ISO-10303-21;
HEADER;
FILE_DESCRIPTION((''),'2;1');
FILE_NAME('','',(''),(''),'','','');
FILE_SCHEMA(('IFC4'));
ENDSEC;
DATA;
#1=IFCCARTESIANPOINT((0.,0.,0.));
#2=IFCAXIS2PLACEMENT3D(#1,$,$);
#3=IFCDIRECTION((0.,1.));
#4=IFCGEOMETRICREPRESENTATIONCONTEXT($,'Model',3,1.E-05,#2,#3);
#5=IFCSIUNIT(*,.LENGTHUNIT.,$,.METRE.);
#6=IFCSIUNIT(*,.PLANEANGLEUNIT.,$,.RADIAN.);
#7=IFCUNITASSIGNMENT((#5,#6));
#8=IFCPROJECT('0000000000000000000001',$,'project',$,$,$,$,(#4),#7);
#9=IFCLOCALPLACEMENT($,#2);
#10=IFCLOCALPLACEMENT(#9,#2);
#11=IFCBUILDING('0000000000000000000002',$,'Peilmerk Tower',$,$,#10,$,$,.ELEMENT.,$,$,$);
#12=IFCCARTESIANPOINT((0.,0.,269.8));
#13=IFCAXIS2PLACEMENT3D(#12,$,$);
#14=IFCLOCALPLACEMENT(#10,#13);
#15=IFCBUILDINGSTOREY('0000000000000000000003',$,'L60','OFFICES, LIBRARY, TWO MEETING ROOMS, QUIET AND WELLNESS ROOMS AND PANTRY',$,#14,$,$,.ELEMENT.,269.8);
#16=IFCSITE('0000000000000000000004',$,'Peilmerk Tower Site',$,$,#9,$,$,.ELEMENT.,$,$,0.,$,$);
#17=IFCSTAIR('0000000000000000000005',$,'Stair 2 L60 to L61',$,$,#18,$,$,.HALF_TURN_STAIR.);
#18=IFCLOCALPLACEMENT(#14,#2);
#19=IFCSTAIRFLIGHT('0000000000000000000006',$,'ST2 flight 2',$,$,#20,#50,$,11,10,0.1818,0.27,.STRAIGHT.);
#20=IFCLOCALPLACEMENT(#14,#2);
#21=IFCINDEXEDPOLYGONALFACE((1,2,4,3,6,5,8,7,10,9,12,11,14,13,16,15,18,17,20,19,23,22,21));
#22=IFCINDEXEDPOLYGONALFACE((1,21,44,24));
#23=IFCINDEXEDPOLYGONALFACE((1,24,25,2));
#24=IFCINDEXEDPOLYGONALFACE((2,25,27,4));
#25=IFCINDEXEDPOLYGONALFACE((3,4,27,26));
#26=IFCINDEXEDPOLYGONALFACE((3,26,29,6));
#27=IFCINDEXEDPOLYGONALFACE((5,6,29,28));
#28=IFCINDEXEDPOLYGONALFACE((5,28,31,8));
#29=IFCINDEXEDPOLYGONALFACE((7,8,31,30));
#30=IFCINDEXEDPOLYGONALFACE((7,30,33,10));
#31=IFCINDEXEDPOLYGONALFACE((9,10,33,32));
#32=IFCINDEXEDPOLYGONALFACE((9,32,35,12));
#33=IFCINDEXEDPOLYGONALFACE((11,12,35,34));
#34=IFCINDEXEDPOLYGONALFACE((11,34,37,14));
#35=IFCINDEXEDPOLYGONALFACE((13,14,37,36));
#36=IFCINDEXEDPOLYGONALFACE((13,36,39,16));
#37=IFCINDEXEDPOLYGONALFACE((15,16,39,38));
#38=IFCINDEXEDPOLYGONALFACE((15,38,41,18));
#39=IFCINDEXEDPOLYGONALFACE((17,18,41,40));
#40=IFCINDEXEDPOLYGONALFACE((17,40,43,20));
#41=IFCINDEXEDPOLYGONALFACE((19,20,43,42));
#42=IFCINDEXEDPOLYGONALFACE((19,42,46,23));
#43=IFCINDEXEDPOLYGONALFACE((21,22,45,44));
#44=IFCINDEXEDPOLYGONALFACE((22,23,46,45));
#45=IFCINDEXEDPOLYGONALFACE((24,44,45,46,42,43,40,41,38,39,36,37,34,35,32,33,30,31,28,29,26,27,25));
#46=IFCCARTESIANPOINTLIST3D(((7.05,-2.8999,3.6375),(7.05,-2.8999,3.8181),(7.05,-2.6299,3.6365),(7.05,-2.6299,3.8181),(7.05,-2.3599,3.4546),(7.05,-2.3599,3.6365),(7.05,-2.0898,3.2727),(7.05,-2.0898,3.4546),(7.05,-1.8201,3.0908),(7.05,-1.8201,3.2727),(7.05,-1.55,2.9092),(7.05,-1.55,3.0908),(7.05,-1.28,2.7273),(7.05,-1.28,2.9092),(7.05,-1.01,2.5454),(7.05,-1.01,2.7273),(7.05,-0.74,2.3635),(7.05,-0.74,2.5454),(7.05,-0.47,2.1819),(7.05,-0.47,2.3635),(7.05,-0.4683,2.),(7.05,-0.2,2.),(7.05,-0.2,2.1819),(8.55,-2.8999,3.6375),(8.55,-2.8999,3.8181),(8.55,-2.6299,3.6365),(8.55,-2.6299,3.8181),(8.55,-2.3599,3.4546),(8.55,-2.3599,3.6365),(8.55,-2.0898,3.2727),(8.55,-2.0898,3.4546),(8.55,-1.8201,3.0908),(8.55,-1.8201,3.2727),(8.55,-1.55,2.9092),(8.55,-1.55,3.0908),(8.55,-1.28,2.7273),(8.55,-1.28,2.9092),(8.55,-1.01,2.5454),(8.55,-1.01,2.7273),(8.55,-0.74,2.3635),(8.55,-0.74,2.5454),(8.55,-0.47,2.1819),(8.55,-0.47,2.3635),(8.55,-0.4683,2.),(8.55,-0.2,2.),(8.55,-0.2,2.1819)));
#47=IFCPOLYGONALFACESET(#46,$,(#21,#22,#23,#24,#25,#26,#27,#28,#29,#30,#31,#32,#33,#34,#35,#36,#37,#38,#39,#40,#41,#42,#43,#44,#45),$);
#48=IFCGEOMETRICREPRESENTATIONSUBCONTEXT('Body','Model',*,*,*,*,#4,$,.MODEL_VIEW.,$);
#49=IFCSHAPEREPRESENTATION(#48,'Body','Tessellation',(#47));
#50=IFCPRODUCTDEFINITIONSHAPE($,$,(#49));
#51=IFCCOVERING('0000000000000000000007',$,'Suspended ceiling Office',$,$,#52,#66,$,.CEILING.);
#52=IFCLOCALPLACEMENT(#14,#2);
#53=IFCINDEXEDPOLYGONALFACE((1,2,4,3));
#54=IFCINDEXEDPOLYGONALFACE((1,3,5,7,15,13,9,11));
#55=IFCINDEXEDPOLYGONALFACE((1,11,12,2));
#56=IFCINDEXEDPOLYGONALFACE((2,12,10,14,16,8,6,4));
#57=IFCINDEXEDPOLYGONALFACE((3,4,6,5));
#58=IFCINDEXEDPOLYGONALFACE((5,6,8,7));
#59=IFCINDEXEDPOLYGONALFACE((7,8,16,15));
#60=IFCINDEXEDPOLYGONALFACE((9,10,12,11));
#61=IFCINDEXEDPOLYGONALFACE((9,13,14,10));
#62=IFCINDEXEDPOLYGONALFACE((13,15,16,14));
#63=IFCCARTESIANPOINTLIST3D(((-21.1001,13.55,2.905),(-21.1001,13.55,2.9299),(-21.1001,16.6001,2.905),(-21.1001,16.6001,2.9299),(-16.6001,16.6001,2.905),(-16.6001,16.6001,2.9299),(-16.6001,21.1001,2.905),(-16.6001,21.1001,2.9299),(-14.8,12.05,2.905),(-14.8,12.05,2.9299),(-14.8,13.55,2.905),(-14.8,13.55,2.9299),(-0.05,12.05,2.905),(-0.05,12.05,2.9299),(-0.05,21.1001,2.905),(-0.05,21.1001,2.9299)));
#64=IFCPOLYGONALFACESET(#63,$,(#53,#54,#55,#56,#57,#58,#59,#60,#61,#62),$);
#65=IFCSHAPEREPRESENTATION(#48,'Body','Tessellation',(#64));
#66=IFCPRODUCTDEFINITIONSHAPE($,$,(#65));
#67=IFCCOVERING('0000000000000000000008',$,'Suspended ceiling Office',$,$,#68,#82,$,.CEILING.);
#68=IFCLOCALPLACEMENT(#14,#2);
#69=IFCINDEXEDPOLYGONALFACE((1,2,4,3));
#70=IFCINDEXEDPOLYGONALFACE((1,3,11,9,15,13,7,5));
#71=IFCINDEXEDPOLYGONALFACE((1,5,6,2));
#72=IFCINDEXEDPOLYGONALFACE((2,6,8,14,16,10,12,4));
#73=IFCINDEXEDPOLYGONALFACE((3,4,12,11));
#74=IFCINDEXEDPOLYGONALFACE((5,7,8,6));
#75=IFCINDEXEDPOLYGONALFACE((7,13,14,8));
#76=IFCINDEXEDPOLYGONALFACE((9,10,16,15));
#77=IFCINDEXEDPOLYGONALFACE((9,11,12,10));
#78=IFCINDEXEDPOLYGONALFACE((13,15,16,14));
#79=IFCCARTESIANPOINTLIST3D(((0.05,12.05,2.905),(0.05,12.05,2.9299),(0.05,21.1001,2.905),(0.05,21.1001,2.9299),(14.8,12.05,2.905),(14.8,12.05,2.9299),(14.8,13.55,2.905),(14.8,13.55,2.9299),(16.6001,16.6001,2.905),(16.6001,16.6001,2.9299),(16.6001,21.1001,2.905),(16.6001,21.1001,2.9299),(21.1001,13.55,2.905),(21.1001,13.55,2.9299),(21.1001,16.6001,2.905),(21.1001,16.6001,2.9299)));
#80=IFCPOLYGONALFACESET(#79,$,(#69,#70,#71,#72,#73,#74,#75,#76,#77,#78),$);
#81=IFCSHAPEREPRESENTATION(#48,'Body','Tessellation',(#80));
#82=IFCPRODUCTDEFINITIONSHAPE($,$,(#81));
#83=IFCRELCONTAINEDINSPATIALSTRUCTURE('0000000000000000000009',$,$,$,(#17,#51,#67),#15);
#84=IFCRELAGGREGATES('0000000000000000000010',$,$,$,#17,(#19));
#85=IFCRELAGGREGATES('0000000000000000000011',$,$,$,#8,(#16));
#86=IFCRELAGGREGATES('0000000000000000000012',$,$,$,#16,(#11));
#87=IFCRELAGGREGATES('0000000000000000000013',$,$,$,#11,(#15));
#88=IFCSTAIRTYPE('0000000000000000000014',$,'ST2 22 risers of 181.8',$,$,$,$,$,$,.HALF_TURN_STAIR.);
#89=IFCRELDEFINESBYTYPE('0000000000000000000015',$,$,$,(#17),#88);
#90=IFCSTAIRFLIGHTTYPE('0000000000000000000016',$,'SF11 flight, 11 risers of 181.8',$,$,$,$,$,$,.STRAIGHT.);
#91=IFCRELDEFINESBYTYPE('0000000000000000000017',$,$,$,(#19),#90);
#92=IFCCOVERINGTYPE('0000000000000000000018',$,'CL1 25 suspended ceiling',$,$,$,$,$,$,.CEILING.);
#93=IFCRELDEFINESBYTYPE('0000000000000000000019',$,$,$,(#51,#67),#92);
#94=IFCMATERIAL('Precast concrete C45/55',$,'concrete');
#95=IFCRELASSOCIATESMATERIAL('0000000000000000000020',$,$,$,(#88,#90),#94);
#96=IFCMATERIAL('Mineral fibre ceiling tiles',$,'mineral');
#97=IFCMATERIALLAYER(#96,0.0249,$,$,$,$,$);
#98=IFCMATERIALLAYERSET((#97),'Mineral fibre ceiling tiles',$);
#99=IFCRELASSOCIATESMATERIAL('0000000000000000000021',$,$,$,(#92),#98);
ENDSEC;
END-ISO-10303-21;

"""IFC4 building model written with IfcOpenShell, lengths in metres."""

from ifc_helpers import new_model, si_unit, direction, frame, origin, place, context, subcontext, project, spatial, polyline, outline, extrude, material, layer, layer_set, type_object, element, aggregate, save


model = new_model("IFC4")

# Units and contexts
model_context = context("Model", 3, precision=1e-05, world=origin(), true_north=direction((0.0, 1.0)))
body_context = subcontext(model_context, "Body", "Model", "MODEL_VIEW")
ifc_project = project(units=[si_unit("LENGTHUNIT", "METRE"), si_unit("PLANEANGLEUNIT", "RADIAN")], contexts=[model_context])

# Site, building, storey
site_placement = place(None, origin())
site = spatial("IfcSite", under=ifc_project, at=site_placement, Name="Peilmerk Tower Site", CompositionType="ELEMENT", RefElevation=0.0)
building_placement = place(site_placement, origin())
building = spatial("IfcBuilding", under=site, at=building_placement, Name="Peilmerk Tower", CompositionType="ELEMENT")
storey_placement = place(building_placement, frame((0.0, 0.0, 269.8)))
storey = spatial("IfcBuildingStorey", under=building, at=storey_placement, Name="L60", Description="OFFICES, LIBRARY, TWO MEETING ROOMS, QUIET AND WELLNESS ROOMS AND PANTRY", CompositionType="ELEMENT", Elevation=269.8)

# Stair
ifc_material_1 = material(Name="Precast concrete C45/55", Category="concrete")
stair_type_1 = type_object("IfcStairType", Name="ST2 22 risers of 181.8", PredefinedType="HALF_TURN_STAIR", material=ifc_material_1)
stair_1_placement = place(storey_placement, origin())
stair_1 = element("IfcStair", 1, at=stair_1_placement, inside=storey, type_object=stair_type_1, Name="Stair 2 L60 to L61", PredefinedType="HALF_TURN_STAIR")

# Stair flight
stair_flight_type = type_object("IfcStairFlightType", Name="SF11 flight, 11 risers of 181.8", PredefinedType="STRAIGHT", material=ifc_material_1)
stair_flight_1_placement = place(storey_placement, frame((7.8, -0.2, 2.0), z_axis=(0.0, 0.0, 1.0), x_axis=(0.0, -1.0, 0.0)))
stair_flight_1 = element("IfcStairFlight", 2, at=stair_flight_1_placement, type_object=stair_flight_type, Name="ST2 flight 2", NumberOfRisers=11, NumberOfTreads=10, PredefinedType="STRAIGHT", RiserHeight=0.1818, TreadLength=0.27, context=body_context, shape_type="SweptSolid", body=[
    extrude(outline(polyline([(0.0, 0.0), (0.0, 0.1819), (0.27, 0.1819), (0.27, 0.3635), (0.54, 0.3635), (0.54, 0.5454), (0.8101, 0.5454), (0.8101, 0.7273), (1.0801, 0.7273), (1.0801, 0.9092), (1.3501, 0.9092), (1.3501, 1.0908), (1.6201, 1.0908), (1.6201, 1.2727), (1.8899, 1.2727), (1.8899, 1.4546), (2.1599, 1.4546), (2.1599, 1.6365), (2.4299, 1.6365), (2.4299, 1.8181), (2.7, 1.8181), (2.7, 2.0), (2.7, 1.6375), (0.2683, 0.0), (0.0, 0.0)])), frame((0.0, 0.75, 0.0), z_axis=(0.0, -1.0, 0.0), x_axis=(1.0, 0.0, 0.0)), (0.0, 0.0, 1.0), 1.5),
])
aggregate(stair_1, [stair_flight_1])

# Coverings
ifc_material_2 = material(Name="Mineral fibre ceiling tiles", Category="mineral")
ifc_layer_1 = layer(ifc_material_2, 0.0249)
ifc_layer_set_1 = layer_set([ifc_layer_1], Name="Mineral fibre ceiling tiles")
covering_type = type_object("IfcCoveringType", Name="CL1 25 suspended ceiling", PredefinedType="CEILING", material=ifc_layer_set_1)
covering_1_placement = place(storey_placement, frame((0.0, 0.0, 2.905)))
element("IfcCovering", 3, at=covering_1_placement, inside=storey, type_object=covering_type, Name="Suspended ceiling Office", PredefinedType="CEILING", context=body_context, shape_type="SweptSolid", body=[
    extrude(outline(polyline([(-21.1001, 16.6001), (-21.1001, 13.55), (-14.8, 13.55), (-14.8, 12.05), (-0.05, 12.05), (-0.05, 21.1001), (-16.6001, 21.1001), (-16.6001, 16.6001), (-21.1001, 16.6001)])), origin(), (0.0, 0.0, 1.0), 0.0249),
])
covering_2_placement = place(storey_placement, frame((0.0, 0.0, 2.905)))
element("IfcCovering", 4, at=covering_2_placement, inside=storey, type_object=covering_type, Name="Suspended ceiling Office", PredefinedType="CEILING", context=body_context, shape_type="SweptSolid", body=[
    extrude(outline(polyline([(16.6001, 21.1001), (0.05, 21.1001), (0.05, 12.05), (14.8, 12.05), (14.8, 13.55), (21.1001, 13.55), (21.1001, 16.6001), (16.6001, 16.6001), (16.6001, 21.1001)])), origin(), (0.0, 0.0, 1.0), 0.0249),
])

save(model, "model.ifc")
